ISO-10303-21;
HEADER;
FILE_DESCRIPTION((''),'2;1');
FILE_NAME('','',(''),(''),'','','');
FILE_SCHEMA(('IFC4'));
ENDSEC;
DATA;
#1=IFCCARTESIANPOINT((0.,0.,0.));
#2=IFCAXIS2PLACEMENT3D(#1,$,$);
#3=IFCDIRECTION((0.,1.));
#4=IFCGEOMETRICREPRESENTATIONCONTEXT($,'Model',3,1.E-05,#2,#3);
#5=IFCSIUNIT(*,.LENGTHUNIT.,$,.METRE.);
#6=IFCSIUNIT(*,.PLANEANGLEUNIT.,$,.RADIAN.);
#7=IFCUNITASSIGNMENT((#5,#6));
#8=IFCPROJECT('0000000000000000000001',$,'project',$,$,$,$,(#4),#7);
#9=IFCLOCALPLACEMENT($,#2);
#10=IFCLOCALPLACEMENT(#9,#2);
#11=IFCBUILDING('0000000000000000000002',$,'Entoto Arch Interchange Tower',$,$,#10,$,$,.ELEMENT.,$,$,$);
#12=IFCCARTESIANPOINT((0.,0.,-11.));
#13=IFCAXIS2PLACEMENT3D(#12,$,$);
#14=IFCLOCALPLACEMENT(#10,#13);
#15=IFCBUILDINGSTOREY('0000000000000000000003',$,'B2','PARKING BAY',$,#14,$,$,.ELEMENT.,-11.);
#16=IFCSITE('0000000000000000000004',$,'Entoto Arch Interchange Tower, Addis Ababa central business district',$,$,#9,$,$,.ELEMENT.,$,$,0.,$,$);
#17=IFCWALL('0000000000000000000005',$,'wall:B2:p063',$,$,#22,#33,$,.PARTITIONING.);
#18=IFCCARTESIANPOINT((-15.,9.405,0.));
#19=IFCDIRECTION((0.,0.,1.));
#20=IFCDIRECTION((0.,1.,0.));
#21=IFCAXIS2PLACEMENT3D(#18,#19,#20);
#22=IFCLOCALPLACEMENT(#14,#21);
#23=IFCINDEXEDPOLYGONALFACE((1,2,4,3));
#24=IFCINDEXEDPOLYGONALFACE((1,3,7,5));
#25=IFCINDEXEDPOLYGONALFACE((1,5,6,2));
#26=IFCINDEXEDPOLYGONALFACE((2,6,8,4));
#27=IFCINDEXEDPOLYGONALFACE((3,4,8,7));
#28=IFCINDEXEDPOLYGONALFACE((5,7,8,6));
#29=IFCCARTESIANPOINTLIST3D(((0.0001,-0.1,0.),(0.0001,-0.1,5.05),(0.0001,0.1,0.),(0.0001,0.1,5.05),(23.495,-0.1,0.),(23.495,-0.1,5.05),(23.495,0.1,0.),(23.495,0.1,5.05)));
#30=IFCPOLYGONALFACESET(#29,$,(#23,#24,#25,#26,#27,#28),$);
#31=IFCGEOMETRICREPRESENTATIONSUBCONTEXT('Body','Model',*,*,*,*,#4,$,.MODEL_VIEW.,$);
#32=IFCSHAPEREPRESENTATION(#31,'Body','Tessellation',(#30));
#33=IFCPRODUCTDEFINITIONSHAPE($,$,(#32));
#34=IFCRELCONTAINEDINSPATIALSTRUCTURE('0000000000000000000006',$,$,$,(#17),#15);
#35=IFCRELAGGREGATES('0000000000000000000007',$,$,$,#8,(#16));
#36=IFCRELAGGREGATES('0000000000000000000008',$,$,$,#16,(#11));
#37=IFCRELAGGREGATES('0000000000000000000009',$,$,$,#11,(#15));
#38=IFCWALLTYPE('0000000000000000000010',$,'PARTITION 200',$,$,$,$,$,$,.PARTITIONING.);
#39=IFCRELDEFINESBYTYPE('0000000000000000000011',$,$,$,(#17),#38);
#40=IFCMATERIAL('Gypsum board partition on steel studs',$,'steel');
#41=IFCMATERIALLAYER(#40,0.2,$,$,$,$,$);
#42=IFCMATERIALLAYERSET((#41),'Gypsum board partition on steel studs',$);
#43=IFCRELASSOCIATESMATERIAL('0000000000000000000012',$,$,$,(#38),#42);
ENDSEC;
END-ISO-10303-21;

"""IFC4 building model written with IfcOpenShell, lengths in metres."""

from ifc_helpers import new_model, si_unit, direction, frame, frame_2d, origin, place, context, subcontext, project, spatial, rectangle, extrude, material, layer, layer_set, type_object, element, save


model = new_model("IFC4")

# Units and contexts
model_context = context("Model", 3, precision=1e-05, world=origin(), true_north=direction((0.0, 1.0)))
body_context = subcontext(model_context, "Body", "Model", "MODEL_VIEW")
ifc_project = project(units=[si_unit("LENGTHUNIT", "METRE"), si_unit("PLANEANGLEUNIT", "RADIAN")], contexts=[model_context])

# Site, building, storey
site_placement = place(None, origin())
site = spatial("IfcSite", under=ifc_project, at=site_placement, Name="Entoto Arch Interchange Tower, Addis Ababa central business district", CompositionType="ELEMENT", RefElevation=0.0)
building_placement = place(site_placement, origin())
building = spatial("IfcBuilding", under=site, at=building_placement, Name="Entoto Arch Interchange Tower", CompositionType="ELEMENT")
storey_placement = place(building_placement, frame((0.0, 0.0, -11.0)))
storey = spatial("IfcBuildingStorey", under=building, at=storey_placement, Name="B2", Description="PARKING BAY", CompositionType="ELEMENT", Elevation=-11.0)

# Shared definitions
ifc_material_1 = material(Name="Gypsum board partition on steel studs", Category="steel")
ifc_layer = layer(ifc_material_1, 0.2)
ifc_layer_set = layer_set([ifc_layer], Name="Gypsum board partition on steel studs")
wall_type = type_object("IfcWallType", Name="PARTITION 200", PredefinedType="PARTITIONING", material=ifc_layer_set)

# Wall
wall_1_placement = place(storey_placement, frame((-15.0, 9.405, 0.0), z_axis=(0.0, 0.0, 1.0), x_axis=(0.0, 1.0, 0.0)))
element("IfcWall", 1, at=wall_1_placement, inside=storey, type_object=wall_type, Name="wall:B2:p063", PredefinedType="PARTITIONING", context=body_context, shape_type="SweptSolid", body=[
    extrude(rectangle(XDim=23.4949, YDim=0.2, at=frame_2d((11.7476, 0.0))), origin(), (0.0, 0.0, 1.0), 5.05),
])

save(model, "model.ifc")
